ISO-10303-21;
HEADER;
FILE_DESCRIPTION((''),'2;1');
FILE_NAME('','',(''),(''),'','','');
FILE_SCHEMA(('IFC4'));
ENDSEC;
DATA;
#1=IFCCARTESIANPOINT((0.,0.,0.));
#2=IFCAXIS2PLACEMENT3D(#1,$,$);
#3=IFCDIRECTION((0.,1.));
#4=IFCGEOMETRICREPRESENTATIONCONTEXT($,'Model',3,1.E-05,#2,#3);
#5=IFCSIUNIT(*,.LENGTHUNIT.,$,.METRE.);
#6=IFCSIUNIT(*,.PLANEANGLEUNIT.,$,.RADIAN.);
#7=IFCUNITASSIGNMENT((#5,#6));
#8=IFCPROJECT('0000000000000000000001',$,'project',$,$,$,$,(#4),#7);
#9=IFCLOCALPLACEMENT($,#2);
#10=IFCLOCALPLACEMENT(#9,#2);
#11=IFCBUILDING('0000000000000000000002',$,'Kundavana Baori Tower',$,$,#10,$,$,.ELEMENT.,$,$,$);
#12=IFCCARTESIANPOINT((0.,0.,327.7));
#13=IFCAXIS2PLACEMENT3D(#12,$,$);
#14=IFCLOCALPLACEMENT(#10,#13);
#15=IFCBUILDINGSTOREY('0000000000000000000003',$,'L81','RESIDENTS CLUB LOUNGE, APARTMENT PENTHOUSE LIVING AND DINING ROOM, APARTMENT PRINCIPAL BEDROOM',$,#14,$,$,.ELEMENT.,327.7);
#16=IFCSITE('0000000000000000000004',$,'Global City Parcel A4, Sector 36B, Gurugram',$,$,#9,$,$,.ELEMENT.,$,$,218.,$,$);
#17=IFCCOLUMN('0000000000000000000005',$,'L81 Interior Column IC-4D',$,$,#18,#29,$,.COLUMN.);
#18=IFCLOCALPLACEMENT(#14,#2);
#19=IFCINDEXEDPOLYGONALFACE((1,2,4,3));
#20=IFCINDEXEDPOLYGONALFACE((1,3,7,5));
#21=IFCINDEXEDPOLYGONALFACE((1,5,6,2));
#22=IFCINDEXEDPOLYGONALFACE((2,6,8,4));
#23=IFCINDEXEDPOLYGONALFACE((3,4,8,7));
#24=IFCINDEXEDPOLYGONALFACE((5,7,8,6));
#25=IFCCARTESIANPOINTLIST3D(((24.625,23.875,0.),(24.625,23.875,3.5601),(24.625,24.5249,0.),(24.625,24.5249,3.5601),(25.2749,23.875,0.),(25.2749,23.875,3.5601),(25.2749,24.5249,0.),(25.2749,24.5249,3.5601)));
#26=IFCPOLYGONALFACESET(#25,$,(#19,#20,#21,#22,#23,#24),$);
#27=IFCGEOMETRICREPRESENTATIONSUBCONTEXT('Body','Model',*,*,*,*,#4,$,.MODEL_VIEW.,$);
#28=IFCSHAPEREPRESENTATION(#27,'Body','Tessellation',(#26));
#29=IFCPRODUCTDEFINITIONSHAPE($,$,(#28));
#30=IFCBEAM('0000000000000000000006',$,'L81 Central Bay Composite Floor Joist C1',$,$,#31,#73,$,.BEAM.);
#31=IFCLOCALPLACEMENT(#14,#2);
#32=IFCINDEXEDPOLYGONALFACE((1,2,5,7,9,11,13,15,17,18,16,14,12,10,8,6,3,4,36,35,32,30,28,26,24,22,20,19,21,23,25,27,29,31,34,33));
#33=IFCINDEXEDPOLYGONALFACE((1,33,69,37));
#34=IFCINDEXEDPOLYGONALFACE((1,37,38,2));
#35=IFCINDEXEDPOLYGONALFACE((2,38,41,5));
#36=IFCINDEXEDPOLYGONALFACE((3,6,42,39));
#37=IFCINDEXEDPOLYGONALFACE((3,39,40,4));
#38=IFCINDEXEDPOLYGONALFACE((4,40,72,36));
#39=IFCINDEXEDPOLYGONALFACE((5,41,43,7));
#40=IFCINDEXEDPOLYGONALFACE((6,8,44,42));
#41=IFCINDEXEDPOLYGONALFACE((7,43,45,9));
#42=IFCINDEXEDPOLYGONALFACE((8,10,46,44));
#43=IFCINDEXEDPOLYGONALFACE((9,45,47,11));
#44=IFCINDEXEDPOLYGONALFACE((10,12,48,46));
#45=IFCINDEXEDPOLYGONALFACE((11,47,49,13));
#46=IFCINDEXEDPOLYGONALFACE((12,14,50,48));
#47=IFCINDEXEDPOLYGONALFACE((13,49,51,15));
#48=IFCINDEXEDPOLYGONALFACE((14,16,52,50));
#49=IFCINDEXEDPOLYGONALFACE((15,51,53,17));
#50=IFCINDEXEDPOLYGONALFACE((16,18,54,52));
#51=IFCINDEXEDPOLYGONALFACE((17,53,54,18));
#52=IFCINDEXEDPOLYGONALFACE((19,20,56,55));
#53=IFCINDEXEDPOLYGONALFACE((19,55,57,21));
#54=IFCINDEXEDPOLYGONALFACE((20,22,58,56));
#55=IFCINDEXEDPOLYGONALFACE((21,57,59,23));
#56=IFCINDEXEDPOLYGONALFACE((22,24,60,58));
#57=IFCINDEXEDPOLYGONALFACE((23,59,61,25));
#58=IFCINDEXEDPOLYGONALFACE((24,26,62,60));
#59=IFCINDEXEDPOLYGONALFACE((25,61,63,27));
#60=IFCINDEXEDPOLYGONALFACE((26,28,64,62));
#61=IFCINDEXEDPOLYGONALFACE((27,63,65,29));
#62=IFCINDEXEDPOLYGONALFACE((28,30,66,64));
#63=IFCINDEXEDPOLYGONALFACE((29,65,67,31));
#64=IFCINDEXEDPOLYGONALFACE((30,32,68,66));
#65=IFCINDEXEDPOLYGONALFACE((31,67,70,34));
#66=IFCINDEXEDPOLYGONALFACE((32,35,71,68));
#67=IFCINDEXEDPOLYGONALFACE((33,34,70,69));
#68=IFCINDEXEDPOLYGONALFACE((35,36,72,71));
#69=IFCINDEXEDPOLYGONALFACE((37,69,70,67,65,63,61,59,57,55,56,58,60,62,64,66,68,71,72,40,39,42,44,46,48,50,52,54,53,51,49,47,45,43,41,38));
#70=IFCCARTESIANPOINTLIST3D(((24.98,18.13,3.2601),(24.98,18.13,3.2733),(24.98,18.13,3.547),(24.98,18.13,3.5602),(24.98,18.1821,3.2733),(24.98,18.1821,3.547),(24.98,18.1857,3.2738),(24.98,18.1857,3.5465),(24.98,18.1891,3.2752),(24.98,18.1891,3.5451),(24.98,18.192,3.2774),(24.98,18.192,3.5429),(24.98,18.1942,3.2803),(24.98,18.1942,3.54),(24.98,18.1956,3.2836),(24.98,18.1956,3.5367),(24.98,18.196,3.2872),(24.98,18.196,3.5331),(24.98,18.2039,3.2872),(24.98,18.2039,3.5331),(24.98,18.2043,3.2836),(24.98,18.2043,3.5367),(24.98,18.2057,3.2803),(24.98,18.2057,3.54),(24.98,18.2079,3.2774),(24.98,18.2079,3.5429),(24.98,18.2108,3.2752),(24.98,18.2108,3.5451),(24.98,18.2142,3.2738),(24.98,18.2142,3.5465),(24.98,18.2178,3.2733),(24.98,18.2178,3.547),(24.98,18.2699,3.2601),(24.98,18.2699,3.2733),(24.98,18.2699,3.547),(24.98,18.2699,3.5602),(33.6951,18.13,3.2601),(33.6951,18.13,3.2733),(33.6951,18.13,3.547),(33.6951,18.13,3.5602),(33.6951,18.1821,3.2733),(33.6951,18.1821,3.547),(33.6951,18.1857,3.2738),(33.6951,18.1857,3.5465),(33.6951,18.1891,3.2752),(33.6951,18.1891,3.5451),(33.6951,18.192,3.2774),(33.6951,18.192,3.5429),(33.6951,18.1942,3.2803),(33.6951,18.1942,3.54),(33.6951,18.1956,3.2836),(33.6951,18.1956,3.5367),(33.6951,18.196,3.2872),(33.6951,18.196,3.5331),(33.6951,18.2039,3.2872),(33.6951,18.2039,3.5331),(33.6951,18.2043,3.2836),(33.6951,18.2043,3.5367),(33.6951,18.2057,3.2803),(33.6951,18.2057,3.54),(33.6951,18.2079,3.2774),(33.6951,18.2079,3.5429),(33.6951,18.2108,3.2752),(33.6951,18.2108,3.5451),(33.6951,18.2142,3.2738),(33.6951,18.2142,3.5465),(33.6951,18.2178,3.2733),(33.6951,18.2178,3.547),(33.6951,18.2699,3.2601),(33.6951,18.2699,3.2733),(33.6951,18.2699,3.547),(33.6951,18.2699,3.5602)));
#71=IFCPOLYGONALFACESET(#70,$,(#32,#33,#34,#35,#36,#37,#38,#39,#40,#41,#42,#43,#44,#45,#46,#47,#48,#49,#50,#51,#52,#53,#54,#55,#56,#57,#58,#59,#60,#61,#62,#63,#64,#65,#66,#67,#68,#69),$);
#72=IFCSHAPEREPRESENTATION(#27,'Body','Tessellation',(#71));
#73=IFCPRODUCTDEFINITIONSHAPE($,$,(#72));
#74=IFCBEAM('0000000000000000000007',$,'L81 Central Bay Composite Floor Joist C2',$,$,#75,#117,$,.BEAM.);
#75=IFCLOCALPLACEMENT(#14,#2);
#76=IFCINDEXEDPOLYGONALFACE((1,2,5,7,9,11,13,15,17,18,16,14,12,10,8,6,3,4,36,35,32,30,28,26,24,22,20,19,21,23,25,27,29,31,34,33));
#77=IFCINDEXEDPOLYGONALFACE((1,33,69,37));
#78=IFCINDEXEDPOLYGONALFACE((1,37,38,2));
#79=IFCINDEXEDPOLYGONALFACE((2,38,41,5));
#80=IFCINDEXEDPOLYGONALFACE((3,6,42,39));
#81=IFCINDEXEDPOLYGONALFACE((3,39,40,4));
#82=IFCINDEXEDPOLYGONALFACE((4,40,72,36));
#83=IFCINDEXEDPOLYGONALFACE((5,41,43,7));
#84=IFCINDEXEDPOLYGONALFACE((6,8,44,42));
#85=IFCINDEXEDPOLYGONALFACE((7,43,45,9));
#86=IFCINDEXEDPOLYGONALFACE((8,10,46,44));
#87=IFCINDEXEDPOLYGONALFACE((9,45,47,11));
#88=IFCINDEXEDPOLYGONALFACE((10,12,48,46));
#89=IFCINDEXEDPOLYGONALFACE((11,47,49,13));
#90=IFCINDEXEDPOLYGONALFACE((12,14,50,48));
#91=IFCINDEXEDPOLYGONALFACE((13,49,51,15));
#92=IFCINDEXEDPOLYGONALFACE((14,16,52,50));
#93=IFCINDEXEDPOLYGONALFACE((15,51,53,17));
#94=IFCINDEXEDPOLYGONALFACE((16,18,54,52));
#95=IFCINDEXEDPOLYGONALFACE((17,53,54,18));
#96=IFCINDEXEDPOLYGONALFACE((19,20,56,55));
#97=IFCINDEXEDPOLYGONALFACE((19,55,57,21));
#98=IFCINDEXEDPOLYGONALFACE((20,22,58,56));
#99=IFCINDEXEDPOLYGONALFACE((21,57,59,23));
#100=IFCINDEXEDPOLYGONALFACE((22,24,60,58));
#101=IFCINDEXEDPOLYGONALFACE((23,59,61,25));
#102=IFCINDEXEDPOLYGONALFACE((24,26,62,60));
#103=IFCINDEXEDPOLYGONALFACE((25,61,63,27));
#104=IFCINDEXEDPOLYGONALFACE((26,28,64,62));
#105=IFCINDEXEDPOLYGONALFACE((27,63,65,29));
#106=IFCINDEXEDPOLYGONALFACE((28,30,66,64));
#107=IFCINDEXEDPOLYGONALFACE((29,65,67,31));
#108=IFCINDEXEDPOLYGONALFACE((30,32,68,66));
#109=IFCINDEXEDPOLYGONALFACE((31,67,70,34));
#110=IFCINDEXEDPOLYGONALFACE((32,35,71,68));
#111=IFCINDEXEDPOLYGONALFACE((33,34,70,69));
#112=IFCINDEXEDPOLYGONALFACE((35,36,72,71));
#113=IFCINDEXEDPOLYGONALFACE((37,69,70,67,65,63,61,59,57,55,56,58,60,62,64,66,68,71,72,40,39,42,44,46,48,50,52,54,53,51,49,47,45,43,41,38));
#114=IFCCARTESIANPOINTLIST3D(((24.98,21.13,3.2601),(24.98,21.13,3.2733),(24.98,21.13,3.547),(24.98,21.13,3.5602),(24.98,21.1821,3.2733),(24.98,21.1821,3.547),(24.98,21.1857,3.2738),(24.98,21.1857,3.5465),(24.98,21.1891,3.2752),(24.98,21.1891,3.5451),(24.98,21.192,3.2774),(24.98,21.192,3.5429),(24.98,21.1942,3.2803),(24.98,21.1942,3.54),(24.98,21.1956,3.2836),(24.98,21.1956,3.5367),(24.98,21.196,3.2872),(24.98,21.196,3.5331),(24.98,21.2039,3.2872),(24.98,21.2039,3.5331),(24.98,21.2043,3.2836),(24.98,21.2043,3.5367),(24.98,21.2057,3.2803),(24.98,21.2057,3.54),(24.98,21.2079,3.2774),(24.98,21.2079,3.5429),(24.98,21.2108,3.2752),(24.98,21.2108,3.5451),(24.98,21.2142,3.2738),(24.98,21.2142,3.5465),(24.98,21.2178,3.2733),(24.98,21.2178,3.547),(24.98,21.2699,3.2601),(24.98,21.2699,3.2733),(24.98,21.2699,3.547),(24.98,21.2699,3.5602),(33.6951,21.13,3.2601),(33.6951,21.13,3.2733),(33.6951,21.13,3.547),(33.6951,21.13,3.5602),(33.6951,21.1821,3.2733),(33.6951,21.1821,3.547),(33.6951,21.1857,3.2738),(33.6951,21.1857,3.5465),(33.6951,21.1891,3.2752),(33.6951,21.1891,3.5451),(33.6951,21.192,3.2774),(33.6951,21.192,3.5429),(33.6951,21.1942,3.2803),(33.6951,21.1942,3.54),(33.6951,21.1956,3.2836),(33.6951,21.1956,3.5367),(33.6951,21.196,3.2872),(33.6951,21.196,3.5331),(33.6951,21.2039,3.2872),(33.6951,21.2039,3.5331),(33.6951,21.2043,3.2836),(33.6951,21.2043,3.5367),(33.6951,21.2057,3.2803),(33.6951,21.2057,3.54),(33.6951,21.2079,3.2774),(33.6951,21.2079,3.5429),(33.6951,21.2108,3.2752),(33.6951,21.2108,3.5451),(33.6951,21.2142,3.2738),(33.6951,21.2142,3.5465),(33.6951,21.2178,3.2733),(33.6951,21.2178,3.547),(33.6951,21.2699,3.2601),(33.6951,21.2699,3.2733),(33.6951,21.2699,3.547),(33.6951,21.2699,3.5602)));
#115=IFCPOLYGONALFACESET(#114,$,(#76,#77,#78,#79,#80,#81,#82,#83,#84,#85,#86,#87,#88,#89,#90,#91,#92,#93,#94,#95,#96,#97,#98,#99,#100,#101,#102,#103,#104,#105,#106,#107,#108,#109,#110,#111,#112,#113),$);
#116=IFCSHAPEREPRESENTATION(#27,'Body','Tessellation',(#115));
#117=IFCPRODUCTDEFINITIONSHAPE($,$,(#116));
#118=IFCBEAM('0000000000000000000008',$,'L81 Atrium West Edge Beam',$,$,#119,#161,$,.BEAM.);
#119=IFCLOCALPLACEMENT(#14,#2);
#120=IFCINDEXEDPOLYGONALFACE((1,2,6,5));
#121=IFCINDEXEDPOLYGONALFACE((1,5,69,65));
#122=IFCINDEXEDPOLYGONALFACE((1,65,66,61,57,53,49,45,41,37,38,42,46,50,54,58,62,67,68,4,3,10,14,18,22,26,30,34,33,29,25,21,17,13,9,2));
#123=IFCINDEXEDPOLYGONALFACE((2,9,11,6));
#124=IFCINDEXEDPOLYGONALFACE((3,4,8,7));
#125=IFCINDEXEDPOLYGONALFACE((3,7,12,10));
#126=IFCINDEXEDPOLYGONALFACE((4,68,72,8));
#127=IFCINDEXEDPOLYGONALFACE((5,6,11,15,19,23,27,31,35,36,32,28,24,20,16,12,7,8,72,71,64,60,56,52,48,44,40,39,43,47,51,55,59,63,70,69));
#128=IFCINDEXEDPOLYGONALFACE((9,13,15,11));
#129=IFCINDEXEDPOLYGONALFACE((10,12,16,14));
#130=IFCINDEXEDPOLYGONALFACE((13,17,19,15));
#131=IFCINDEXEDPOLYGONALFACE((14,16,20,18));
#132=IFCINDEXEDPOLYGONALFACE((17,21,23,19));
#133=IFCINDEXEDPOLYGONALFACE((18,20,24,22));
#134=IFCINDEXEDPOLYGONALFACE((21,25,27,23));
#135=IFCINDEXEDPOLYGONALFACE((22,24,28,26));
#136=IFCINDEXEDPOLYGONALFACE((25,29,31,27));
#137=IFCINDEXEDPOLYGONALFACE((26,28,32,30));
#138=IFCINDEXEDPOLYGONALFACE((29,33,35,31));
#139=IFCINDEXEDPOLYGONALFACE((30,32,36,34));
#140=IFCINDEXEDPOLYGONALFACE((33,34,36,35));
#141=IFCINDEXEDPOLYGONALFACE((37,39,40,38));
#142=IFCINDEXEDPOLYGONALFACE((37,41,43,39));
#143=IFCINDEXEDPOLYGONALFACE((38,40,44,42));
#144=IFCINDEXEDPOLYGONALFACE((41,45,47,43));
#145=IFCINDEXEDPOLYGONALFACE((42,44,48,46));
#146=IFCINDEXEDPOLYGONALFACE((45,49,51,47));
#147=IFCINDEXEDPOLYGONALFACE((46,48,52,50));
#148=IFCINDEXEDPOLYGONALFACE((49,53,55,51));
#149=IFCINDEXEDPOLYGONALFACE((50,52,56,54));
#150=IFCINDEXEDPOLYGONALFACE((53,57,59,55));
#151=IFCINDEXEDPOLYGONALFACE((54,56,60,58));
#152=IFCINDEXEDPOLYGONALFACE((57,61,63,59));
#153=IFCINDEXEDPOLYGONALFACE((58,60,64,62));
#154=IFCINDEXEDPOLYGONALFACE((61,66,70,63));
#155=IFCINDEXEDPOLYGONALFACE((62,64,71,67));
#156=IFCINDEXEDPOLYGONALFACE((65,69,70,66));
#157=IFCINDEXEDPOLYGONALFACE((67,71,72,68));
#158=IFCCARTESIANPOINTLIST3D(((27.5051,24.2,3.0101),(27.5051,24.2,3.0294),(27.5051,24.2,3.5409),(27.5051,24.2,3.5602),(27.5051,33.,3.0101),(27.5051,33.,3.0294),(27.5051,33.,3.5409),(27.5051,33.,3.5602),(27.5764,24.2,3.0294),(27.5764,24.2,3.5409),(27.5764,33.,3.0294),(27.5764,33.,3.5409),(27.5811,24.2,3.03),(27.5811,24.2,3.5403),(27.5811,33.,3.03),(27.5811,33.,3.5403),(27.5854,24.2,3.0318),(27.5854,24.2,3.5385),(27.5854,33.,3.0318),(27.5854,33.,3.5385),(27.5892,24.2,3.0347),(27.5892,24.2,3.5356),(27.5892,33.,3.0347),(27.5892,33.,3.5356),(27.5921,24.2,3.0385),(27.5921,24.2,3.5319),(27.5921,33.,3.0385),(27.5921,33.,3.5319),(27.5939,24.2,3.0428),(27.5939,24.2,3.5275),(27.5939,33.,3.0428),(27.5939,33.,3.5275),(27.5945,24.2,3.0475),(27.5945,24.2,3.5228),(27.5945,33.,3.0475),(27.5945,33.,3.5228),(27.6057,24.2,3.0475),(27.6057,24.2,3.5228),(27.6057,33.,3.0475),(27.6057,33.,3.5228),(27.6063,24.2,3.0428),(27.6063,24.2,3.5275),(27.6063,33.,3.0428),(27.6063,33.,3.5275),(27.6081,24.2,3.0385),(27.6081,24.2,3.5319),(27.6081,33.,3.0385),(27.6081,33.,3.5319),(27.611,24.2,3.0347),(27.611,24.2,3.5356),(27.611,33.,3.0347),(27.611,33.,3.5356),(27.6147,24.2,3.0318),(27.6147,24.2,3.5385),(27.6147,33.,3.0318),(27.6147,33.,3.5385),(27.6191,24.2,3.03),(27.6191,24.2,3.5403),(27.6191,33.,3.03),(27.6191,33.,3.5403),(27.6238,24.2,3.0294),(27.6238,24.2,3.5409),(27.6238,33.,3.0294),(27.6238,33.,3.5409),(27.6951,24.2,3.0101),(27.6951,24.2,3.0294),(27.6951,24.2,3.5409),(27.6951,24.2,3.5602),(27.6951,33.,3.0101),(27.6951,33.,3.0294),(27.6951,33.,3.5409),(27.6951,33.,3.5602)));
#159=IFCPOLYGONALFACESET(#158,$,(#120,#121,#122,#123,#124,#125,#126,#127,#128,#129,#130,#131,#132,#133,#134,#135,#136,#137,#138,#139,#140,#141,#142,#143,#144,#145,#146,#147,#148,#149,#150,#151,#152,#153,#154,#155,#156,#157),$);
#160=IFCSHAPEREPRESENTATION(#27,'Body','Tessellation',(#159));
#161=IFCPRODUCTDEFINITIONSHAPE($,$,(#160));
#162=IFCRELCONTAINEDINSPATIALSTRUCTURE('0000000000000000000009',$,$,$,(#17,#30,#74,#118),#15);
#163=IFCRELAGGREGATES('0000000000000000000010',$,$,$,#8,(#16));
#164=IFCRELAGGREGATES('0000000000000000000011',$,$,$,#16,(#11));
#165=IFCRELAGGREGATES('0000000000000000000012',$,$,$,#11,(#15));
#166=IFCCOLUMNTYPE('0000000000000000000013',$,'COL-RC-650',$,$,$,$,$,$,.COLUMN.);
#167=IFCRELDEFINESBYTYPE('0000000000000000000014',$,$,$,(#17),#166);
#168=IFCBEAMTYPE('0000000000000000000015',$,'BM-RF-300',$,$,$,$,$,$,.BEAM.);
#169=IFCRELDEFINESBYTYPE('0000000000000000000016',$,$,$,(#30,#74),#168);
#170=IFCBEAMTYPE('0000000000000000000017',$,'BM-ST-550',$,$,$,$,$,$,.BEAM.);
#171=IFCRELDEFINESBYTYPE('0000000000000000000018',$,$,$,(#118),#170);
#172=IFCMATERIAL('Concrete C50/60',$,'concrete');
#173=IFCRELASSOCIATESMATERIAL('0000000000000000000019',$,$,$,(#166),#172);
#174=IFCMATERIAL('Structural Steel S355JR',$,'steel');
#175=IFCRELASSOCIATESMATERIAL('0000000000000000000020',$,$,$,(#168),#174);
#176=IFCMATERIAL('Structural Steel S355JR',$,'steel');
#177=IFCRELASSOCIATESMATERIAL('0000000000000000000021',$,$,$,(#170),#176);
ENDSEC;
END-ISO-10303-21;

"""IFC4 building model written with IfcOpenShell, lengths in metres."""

from ifc_helpers import new_model, si_unit, direction, frame, origin, origin_2d, place, context, subcontext, project, spatial, rectangle, i_section, extrude, material, material_profile, profile_set, type_object, element, save


model = new_model("IFC4")

# Units and contexts
model_context = context("Model", 3, precision=1e-05, world=origin(), true_north=direction((0.0, 1.0)))
body_context = subcontext(model_context, "Body", "Model", "MODEL_VIEW")
ifc_project = project(units=[si_unit("LENGTHUNIT", "METRE"), si_unit("PLANEANGLEUNIT", "RADIAN")], contexts=[model_context])

# Site, building, storey
site_placement = place(None, origin())
site = spatial("IfcSite", under=ifc_project, at=site_placement, Name="Global City Parcel A4, Sector 36B, Gurugram", CompositionType="ELEMENT", RefElevation=218.0)
building_placement = place(site_placement, origin())
building = spatial("IfcBuilding", under=site, at=building_placement, Name="Kundavana Baori Tower", CompositionType="ELEMENT")
storey_placement = place(building_placement, frame((0.0, 0.0, 327.7)))
storey = spatial("IfcBuildingStorey", under=building, at=storey_placement, Name="L81", Description="RESIDENTS CLUB LOUNGE, APARTMENT PENTHOUSE LIVING AND DINING ROOM, APARTMENT PRINCIPAL BEDROOM", CompositionType="ELEMENT", Elevation=327.7)

# Column
ifc_material_1 = material(Name="Concrete C50/60", Category="concrete")
ifc_material_profile_1 = material_profile(ifc_material_1, rectangle(XDim=0.6499, YDim=0.6499, at=origin_2d()), Name="RC 650x650")
ifc_profile_set_1 = profile_set([ifc_material_profile_1], Name="Concrete C50/60")
column_type = type_object("IfcColumnType", Name="COL-RC-650", PredefinedType="COLUMN", material=ifc_profile_set_1)
column_placement = place(storey_placement, frame((24.95, 24.2, 0.0), z_axis=(0.0, 0.0, 1.0), x_axis=(1.0, 0.0, 0.0)))
element("IfcColumn", 1, at=column_placement, inside=storey, type_object=column_type, Name="L81 Interior Column IC-4D", PredefinedType="COLUMN", context=body_context, shape_type="SweptSolid", body=[
    extrude(rectangle(XDim=0.6499, YDim=0.6499, at=origin_2d()), origin(), (0.0, 0.0, 1.0), 3.5601),
])

# Beams
ifc_material_2 = material(Name="Structural Steel S355JR", Category="steel")
ifc_material_profile_2 = material_profile(ifc_material_2, i_section(OverallWidth=0.1399, OverallDepth=0.3, WebThickness=0.0078, FlangeThickness=0.0132, FilletRadius=0.0139, at=origin_2d()), Name="ISMB 300")
ifc_profile_set_2 = profile_set([ifc_material_profile_2], Name="Structural Steel S355JR")
beam_type_1 = type_object("IfcBeamType", Name="BM-RF-300", PredefinedType="BEAM", material=ifc_profile_set_2)
for number, where, z_axis, x_axis, name in (
    (2, (24.98, 18.2, 3.4102), (1.0, 0.0, 0.0), (0.0, 1.0, 0.0), "L81 Central Bay Composite Floor Joist C1"),
    (3, (24.98, 21.2, 3.4102), (1.0, 0.0, 0.0), (0.0, 1.0, 0.0), "L81 Central Bay Composite Floor Joist C2"),
):
    element("IfcBeam", number, at=place(storey_placement, frame(where, z_axis=z_axis, x_axis=x_axis)), inside=storey, type_object=beam_type_1, Name=name, PredefinedType="BEAM", context=body_context, shape_type="SweptSolid", body=[
        extrude(i_section(OverallWidth=0.1399, OverallDepth=0.3, WebThickness=0.0078, FlangeThickness=0.0132, FilletRadius=0.0139, at=origin_2d()), origin(), (0.0, 0.0, 1.0), 8.7151),
    ])
ifc_material_3 = material(Name="Structural Steel S355JR", Category="steel")
ifc_material_profile_3 = material_profile(ifc_material_3, i_section(OverallWidth=0.1899, OverallDepth=0.55, WebThickness=0.0112, FlangeThickness=0.0193, FilletRadius=0.0181, at=origin_2d()), Name="ISMB 550")
ifc_profile_set_3 = profile_set([ifc_material_profile_3], Name="Structural Steel S355JR")
beam_type_2 = type_object("IfcBeamType", Name="BM-ST-550", PredefinedType="BEAM", material=ifc_profile_set_3)
for number, where, z_axis, x_axis, name in (
    (4, (27.6001, 24.2, 3.2852), (0.0, 1.0, 0.0), (-1.0, 0.0, 0.0), "L81 Atrium West Edge Beam"),
):
    element("IfcBeam", number, at=place(storey_placement, frame(where, z_axis=z_axis, x_axis=x_axis)), inside=storey, type_object=beam_type_2, Name=name, PredefinedType="BEAM", context=body_context, shape_type="SweptSolid", body=[
        extrude(i_section(OverallWidth=0.1899, OverallDepth=0.55, WebThickness=0.0112, FlangeThickness=0.0193, FilletRadius=0.0181, at=origin_2d()), origin(), (0.0, 0.0, 1.0), 8.8),
    ])

save(model, "model.ifc")
